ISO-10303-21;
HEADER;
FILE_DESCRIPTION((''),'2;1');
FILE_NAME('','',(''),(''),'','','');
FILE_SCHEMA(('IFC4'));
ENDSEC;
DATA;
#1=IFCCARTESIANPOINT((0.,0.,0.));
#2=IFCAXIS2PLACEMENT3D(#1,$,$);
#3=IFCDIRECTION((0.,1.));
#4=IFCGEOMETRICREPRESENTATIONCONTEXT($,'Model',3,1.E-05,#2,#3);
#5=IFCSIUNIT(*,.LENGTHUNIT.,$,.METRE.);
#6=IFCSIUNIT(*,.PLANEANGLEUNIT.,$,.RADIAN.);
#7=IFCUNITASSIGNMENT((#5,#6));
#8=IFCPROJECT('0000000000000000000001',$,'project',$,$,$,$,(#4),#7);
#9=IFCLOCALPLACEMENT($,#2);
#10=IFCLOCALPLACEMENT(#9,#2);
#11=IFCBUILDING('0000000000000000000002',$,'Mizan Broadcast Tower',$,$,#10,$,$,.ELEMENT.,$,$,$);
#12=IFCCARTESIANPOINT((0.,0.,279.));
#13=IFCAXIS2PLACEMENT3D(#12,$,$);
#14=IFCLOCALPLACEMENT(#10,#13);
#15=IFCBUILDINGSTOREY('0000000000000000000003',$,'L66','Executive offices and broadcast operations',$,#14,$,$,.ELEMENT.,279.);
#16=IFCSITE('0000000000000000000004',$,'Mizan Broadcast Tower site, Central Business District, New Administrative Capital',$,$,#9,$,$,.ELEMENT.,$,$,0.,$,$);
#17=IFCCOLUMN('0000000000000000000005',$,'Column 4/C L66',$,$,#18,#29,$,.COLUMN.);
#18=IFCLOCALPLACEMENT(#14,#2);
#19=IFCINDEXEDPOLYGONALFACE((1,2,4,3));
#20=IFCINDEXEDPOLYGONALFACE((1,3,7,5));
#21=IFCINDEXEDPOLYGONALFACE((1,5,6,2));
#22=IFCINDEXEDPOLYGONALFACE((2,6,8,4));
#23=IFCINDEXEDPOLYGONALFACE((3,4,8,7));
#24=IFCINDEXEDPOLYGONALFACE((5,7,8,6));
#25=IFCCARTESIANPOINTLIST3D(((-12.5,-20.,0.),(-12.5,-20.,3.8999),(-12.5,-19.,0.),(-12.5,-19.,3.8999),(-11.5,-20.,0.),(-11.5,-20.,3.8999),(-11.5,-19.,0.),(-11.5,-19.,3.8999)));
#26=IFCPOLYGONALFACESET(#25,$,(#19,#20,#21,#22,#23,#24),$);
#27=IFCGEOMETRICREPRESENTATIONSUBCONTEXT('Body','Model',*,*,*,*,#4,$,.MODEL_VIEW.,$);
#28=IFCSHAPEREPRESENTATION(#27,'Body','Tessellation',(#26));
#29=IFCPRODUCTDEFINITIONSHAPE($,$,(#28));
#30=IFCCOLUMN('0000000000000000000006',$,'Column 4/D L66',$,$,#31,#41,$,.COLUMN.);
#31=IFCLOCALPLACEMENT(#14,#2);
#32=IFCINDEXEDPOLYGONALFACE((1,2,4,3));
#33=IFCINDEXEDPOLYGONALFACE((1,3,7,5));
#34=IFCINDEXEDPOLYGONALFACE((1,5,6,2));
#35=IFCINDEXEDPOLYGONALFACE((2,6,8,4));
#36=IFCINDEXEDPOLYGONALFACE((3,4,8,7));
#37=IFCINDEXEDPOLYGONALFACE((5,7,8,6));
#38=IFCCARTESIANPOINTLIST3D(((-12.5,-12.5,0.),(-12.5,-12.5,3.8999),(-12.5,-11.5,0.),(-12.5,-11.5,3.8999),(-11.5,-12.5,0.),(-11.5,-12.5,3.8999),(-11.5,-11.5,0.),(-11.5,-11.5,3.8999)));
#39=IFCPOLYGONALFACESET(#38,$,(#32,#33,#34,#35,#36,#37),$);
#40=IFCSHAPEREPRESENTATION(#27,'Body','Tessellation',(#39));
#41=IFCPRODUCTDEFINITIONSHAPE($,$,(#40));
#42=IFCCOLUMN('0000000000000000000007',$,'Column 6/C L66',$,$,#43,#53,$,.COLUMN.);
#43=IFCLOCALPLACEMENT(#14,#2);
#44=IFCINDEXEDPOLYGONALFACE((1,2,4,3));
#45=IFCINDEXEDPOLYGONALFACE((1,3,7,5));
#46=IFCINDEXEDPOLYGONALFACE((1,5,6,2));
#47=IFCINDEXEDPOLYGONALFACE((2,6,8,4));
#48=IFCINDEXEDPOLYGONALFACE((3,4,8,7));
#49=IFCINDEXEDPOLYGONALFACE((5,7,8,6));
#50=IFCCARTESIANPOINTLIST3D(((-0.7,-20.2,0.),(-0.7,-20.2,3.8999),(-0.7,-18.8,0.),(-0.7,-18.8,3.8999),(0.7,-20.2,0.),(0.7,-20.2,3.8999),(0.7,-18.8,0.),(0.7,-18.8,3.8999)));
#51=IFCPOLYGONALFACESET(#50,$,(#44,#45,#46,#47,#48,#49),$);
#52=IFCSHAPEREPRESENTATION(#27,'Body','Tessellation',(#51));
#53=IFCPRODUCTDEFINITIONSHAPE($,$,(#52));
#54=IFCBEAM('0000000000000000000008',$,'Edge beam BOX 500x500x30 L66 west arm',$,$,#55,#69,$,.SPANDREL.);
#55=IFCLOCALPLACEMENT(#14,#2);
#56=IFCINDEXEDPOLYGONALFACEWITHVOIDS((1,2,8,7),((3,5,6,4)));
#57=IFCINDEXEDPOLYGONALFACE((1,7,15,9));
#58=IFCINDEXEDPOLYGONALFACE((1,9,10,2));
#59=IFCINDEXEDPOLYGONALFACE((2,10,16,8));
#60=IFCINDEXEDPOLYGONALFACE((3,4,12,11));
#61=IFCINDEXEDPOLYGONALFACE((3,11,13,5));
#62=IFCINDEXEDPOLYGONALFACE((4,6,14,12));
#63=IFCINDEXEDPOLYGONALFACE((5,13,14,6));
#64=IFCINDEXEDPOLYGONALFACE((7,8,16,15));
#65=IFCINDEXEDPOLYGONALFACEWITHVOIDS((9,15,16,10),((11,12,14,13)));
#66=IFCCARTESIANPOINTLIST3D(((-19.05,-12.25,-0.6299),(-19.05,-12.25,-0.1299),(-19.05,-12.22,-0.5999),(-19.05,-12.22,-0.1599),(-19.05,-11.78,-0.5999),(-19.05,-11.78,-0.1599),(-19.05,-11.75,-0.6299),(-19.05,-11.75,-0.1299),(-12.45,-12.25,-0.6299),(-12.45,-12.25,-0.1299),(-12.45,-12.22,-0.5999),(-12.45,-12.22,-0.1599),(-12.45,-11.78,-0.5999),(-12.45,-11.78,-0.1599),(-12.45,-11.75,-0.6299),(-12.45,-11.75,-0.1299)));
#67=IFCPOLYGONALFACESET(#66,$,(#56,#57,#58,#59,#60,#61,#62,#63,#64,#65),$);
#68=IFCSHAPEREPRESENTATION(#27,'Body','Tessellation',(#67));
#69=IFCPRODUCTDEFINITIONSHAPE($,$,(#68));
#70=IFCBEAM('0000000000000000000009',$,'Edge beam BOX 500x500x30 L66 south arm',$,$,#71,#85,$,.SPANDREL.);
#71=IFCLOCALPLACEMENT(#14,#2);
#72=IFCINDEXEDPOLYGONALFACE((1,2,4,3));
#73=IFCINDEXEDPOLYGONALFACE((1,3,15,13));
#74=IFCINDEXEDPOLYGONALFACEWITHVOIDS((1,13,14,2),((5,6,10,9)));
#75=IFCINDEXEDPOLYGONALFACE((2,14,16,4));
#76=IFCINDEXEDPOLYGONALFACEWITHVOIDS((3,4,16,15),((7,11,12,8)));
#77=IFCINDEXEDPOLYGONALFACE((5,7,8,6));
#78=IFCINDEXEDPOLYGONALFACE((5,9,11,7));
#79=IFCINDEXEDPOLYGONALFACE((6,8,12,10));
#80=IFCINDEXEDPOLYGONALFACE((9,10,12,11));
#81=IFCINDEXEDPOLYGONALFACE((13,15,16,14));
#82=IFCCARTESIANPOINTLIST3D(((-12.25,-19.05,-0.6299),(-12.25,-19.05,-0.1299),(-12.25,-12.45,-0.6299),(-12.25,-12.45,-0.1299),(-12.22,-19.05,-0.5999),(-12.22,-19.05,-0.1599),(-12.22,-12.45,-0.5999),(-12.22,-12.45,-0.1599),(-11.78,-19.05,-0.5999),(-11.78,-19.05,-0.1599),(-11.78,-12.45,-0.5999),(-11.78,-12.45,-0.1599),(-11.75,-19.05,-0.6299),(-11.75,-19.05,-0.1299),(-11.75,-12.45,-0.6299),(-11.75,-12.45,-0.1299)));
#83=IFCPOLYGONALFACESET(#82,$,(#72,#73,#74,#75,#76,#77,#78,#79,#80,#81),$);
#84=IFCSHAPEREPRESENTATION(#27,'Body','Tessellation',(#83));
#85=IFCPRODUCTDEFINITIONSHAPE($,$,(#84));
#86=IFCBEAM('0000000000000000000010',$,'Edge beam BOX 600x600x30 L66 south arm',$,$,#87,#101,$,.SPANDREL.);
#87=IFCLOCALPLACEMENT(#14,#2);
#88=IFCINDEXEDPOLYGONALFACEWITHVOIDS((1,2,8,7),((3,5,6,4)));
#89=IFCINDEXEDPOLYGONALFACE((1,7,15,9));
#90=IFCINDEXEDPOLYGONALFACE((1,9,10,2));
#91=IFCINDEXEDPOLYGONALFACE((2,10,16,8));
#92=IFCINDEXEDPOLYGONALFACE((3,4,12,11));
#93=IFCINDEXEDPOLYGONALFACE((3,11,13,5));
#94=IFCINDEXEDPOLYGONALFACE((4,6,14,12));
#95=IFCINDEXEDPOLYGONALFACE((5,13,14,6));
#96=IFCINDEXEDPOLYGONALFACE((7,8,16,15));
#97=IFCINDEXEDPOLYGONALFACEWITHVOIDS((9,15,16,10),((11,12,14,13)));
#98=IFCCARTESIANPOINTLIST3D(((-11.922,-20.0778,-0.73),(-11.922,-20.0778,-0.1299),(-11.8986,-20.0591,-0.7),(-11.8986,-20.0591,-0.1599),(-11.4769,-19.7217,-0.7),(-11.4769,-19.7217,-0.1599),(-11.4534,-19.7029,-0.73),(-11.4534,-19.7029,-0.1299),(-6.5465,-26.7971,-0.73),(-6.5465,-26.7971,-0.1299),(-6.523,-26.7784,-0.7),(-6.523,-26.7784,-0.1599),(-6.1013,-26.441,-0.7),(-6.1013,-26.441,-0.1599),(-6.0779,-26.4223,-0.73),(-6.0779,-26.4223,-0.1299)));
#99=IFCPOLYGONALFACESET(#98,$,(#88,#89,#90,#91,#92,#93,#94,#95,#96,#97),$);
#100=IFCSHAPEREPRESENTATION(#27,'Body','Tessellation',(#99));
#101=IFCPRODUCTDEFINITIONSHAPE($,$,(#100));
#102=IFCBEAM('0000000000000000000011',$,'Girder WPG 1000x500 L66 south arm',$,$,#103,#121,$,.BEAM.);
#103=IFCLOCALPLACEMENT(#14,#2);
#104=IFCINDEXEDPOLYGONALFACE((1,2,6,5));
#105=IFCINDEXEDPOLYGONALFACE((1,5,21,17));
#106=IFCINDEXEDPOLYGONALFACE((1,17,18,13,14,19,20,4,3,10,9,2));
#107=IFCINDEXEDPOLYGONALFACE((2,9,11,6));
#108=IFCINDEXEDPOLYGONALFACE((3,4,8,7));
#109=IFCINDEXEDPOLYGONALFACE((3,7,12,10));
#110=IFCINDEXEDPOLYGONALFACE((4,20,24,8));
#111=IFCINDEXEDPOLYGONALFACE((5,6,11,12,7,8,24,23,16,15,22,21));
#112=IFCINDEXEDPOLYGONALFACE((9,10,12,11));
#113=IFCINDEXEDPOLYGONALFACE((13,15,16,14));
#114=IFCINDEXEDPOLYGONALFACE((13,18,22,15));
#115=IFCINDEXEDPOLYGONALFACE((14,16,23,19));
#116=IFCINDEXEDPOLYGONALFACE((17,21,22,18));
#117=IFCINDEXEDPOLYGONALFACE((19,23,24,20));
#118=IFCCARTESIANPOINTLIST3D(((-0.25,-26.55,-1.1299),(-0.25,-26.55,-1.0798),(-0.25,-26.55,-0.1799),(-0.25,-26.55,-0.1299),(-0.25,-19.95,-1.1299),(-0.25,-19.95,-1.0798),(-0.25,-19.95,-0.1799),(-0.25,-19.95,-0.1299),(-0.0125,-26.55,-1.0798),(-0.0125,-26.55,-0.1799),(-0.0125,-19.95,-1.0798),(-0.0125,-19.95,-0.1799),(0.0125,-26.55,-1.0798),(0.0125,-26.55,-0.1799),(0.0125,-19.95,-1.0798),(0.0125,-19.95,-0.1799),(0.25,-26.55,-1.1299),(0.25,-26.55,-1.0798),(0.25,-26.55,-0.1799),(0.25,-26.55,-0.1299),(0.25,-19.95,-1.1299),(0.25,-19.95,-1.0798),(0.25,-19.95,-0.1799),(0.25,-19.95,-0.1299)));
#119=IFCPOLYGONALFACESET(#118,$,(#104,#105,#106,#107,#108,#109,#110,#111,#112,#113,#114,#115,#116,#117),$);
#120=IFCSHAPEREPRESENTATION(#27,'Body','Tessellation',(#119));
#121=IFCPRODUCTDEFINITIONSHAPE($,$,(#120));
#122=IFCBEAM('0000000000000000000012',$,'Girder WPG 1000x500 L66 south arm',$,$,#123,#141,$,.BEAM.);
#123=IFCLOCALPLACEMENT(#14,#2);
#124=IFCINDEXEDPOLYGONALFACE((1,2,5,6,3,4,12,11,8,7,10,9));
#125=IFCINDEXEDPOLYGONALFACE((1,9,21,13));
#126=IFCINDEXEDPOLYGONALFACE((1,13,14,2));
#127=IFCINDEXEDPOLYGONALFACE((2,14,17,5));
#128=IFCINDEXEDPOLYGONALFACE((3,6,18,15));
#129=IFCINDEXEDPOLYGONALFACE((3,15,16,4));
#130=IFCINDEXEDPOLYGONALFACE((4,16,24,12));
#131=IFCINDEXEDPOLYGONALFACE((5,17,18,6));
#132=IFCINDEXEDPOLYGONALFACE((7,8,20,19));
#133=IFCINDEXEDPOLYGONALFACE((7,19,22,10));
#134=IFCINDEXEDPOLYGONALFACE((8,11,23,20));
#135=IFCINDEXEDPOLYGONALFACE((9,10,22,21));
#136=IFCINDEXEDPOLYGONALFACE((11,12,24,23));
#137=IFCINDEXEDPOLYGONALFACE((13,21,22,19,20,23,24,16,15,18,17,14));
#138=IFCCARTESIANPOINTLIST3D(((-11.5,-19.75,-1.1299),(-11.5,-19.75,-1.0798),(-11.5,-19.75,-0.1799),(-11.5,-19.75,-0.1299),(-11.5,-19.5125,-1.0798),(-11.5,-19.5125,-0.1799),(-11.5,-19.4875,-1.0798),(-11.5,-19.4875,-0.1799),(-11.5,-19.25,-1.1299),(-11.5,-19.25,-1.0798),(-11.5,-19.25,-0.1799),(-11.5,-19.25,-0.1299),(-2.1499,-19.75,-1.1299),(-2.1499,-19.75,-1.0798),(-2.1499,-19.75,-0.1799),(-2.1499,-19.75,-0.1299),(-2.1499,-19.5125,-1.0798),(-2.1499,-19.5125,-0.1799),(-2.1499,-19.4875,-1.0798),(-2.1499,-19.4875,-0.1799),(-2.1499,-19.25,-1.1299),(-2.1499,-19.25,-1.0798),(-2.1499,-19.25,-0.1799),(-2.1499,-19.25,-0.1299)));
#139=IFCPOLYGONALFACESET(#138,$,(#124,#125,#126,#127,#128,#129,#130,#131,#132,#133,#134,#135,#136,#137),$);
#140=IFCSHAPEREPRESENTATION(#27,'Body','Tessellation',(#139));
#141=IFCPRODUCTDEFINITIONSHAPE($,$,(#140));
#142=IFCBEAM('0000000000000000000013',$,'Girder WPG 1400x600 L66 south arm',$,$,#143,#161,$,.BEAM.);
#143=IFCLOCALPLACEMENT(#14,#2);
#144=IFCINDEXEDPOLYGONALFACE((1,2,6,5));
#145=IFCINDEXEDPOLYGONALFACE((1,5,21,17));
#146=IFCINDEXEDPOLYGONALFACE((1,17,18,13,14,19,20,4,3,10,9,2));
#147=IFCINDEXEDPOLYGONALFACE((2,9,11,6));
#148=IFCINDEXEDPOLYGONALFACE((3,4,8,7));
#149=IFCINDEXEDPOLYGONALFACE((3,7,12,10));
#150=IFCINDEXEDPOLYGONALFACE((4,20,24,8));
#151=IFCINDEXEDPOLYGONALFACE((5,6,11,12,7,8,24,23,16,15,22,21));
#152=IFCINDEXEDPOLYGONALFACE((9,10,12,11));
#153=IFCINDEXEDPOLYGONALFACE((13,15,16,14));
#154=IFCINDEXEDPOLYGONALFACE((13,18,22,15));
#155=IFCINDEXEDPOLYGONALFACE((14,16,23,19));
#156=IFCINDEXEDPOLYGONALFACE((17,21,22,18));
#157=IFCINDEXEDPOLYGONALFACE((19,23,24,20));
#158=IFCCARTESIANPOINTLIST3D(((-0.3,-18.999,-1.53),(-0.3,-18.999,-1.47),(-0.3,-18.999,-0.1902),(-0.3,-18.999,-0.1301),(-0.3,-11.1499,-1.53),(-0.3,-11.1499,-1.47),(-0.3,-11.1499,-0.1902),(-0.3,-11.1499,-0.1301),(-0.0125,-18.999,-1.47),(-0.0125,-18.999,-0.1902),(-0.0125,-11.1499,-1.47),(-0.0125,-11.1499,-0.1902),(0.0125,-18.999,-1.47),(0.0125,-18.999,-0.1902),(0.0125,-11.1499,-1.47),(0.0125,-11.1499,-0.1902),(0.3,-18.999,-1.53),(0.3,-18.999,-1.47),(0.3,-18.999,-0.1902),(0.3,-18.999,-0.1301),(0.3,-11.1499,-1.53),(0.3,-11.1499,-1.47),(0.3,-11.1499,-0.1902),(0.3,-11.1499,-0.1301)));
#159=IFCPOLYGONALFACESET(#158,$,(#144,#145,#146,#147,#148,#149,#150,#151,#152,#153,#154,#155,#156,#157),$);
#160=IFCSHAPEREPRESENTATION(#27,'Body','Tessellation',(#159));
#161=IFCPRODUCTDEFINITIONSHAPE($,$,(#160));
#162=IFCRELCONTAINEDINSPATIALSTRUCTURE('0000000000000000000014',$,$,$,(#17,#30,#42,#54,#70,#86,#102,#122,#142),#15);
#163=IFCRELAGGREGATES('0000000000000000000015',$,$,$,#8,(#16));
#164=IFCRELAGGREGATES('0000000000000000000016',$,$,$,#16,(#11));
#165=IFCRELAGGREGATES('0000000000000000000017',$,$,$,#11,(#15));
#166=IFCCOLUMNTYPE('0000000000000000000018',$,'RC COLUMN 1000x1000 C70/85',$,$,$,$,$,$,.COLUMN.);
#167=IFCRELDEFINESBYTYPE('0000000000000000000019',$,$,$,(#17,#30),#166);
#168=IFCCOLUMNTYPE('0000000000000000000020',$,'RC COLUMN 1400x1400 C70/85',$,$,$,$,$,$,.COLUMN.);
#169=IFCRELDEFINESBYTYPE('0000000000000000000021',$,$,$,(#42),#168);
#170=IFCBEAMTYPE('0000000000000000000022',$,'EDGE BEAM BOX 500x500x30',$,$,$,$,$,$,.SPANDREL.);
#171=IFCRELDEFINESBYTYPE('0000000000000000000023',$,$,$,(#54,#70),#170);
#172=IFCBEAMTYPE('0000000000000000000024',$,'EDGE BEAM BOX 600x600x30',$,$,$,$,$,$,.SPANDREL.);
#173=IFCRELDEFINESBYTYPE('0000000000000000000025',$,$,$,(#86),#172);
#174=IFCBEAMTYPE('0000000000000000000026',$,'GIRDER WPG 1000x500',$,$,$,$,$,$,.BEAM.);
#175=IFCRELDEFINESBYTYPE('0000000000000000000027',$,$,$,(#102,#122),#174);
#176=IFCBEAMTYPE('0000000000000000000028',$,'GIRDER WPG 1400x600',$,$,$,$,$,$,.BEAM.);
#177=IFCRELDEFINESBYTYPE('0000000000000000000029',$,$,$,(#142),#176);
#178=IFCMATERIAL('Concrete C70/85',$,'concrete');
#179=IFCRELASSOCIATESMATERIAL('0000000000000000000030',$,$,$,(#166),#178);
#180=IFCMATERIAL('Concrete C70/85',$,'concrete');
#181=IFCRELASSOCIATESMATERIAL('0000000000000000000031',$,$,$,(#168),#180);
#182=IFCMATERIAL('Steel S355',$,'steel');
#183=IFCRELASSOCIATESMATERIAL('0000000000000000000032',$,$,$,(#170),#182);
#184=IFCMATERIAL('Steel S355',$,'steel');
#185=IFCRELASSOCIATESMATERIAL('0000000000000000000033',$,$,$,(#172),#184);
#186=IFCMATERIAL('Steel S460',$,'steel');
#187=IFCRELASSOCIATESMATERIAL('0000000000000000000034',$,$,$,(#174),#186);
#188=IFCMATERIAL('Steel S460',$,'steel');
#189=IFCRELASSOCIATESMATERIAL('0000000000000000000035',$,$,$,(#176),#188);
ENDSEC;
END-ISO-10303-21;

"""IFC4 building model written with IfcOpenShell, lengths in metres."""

from ifc_helpers import new_model, si_unit, direction, frame, origin, origin_2d, place, context, subcontext, project, spatial, rectangle, hollow_rectangle, i_section, extrude, material, material_profile, profile_set, type_object, element, save


model = new_model("IFC4")

# Units and contexts
model_context = context("Model", 3, precision=1e-05, world=origin(), true_north=direction((0.0, 1.0)))
body_context = subcontext(model_context, "Body", "Model", "MODEL_VIEW")
ifc_project = project(units=[si_unit("LENGTHUNIT", "METRE"), si_unit("PLANEANGLEUNIT", "RADIAN")], contexts=[model_context])

# Site, building, storey
site_placement = place(None, origin())
site = spatial("IfcSite", under=ifc_project, at=site_placement, Name="Mizan Broadcast Tower site, Central Business District, New Administrative Capital", CompositionType="ELEMENT", RefElevation=0.0)
building_placement = place(site_placement, origin())
building = spatial("IfcBuilding", under=site, at=building_placement, Name="Mizan Broadcast Tower", CompositionType="ELEMENT")
storey_placement = place(building_placement, frame((0.0, 0.0, 279.0)))
storey = spatial("IfcBuildingStorey", under=building, at=storey_placement, Name="L66", Description="Executive offices and broadcast operations", CompositionType="ELEMENT", Elevation=279.0)

# Columns
ifc_material_1 = material(Name="Concrete C70/85", Category="concrete")
ifc_material_profile_1 = material_profile(ifc_material_1, rectangle(XDim=1.0, YDim=1.0, at=origin_2d()), Name="RC 1000x1000")
ifc_profile_set_1 = profile_set([ifc_material_profile_1], Name="Concrete C70/85")
column_type_1 = type_object("IfcColumnType", Name="RC COLUMN 1000x1000 C70/85", PredefinedType="COLUMN", material=ifc_profile_set_1)
for number, where, z_axis, x_axis, name in (
    (1, (-12.0, -19.5, 0.0), (0.0, 0.0, 1.0), (1.0, 0.0, 0.0), "Column 4/C L66"),
    (2, (-12.0, -12.0, 0.0), (0.0, 0.0, 1.0), (1.0, 0.0, 0.0), "Column 4/D L66"),
):
    element("IfcColumn", number, at=place(storey_placement, frame(where, z_axis=z_axis, x_axis=x_axis)), inside=storey, type_object=column_type_1, Name=name, PredefinedType="COLUMN", context=body_context, shape_type="SweptSolid", body=[
        extrude(rectangle(XDim=1.0, YDim=1.0, at=origin_2d()), origin(), (0.0, 0.0, 1.0), 3.8999),
    ])
ifc_material_2 = material(Name="Concrete C70/85", Category="concrete")
ifc_material_profile_2 = material_profile(ifc_material_2, rectangle(XDim=1.3999, YDim=1.3999, at=origin_2d()), Name="RC 1400x1400")
ifc_profile_set_2 = profile_set([ifc_material_profile_2], Name="Concrete C70/85")
column_type_2 = type_object("IfcColumnType", Name="RC COLUMN 1400x1400 C70/85", PredefinedType="COLUMN", material=ifc_profile_set_2)
column_placement = place(storey_placement, frame((0.0, -19.5, 0.0), z_axis=(0.0, 0.0, 1.0), x_axis=(1.0, 0.0, 0.0)))
element("IfcColumn", 3, at=column_placement, inside=storey, type_object=column_type_2, Name="Column 6/C L66", PredefinedType="COLUMN", context=body_context, shape_type="SweptSolid", body=[
    extrude(rectangle(XDim=1.3999, YDim=1.3999, at=origin_2d()), origin(), (0.0, 0.0, 1.0), 3.8999),
])

# Beams
ifc_material_3 = material(Name="Steel S355", Category="steel")
ifc_material_profile_3 = material_profile(ifc_material_3, hollow_rectangle(XDim=0.5, YDim=0.5, WallThickness=0.03, at=origin_2d()), Name="BOX 500x500x30")
ifc_profile_set_3 = profile_set([ifc_material_profile_3], Name="Steel S355")
beam_type_1 = type_object("IfcBeamType", Name="EDGE BEAM BOX 500x500x30", PredefinedType="SPANDREL", material=ifc_profile_set_3)
for number, where, z_axis, x_axis, name in (
    (4, (-12.45, -12.0, -0.3799), (-1.0, 0.0, 0.0), (0.0, -1.0, 0.0), "Edge beam BOX 500x500x30 L66 west arm"),
    (5, (-12.0, -12.45, -0.3799), (0.0, -1.0, 0.0), (1.0, 0.0, 0.0), "Edge beam BOX 500x500x30 L66 south arm"),
):
    element("IfcBeam", number, at=place(storey_placement, frame(where, z_axis=z_axis, x_axis=x_axis)), inside=storey, type_object=beam_type_1, Name=name, PredefinedType="SPANDREL", context=body_context, shape_type="SweptSolid", body=[
        extrude(hollow_rectangle(XDim=0.5, YDim=0.5, WallThickness=0.03, at=origin_2d()), origin(), (0.0, 0.0, 1.0), 6.6001),
    ])
ifc_material_4 = material(Name="Steel S355", Category="steel")
ifc_material_profile_4 = material_profile(ifc_material_4, hollow_rectangle(XDim=0.6001, YDim=0.6001, WallThickness=0.03, at=origin_2d()), Name="BOX 600x600x30")
ifc_profile_set_4 = profile_set([ifc_material_profile_4], Name="Steel S355")
beam_type_2 = type_object("IfcBeamType", Name="EDGE BEAM BOX 600x600x30", PredefinedType="SPANDREL", material=ifc_profile_set_4)
beam_1_placement = place(storey_placement, frame((-11.6877, -19.8904, -0.4299), z_axis=(0.624702, -0.780863, 0.0), x_axis=(0.780863, 0.624702, 0.0)))
element("IfcBeam", 6, at=beam_1_placement, inside=storey, type_object=beam_type_2, Name="Edge beam BOX 600x600x30 L66 south arm", PredefinedType="SPANDREL", context=body_context, shape_type="SweptSolid", body=[
    extrude(hollow_rectangle(XDim=0.6001, YDim=0.6001, WallThickness=0.03, at=origin_2d()), origin(), (0.0, 0.0, 1.0), 8.605),
])
ifc_material_5 = material(Name="Steel S460", Category="steel")
ifc_material_profile_5 = material_profile(ifc_material_5, i_section(OverallWidth=0.5, OverallDepth=1.0, WebThickness=0.0249, FlangeThickness=0.05, at=origin_2d()), Name="WPG 1000x500")
ifc_profile_set_5 = profile_set([ifc_material_profile_5], Name="Steel S460")
beam_type_3 = type_object("IfcBeamType", Name="GIRDER WPG 1000x500", PredefinedType="BEAM", material=ifc_profile_set_5)
beam_2_placement = place(storey_placement, frame((0.0, -19.95, -0.6299), z_axis=(0.0, -1.0, 0.0), x_axis=(1.0, 0.0, 0.0)))
element("IfcBeam", 7, at=beam_2_placement, inside=storey, type_object=beam_type_3, Name="Girder WPG 1000x500 L66 south arm", PredefinedType="BEAM", context=body_context, shape_type="SweptSolid", body=[
    extrude(i_section(OverallWidth=0.5, OverallDepth=1.0, WebThickness=0.0249, FlangeThickness=0.05, at=origin_2d()), origin(), (0.0, 0.0, 1.0), 6.6001),
])
beam_3_placement = place(storey_placement, frame((-11.5, -19.5, -0.6299), z_axis=(1.0, 0.0, 0.0), x_axis=(0.0, 1.0, 0.0)))
element("IfcBeam", 8, at=beam_3_placement, inside=storey, type_object=beam_type_3, Name="Girder WPG 1000x500 L66 south arm", PredefinedType="BEAM", context=body_context, shape_type="SweptSolid", body=[
    extrude(i_section(OverallWidth=0.5, OverallDepth=1.0, WebThickness=0.0249, FlangeThickness=0.05, at=origin_2d()), origin(), (0.0, 0.0, 1.0), 9.3501),
])
ifc_material_6 = material(Name="Steel S460", Category="steel")
ifc_material_profile_6 = material_profile(ifc_material_6, i_section(OverallWidth=0.6001, OverallDepth=1.3999, WebThickness=0.0249, FlangeThickness=0.0601, at=origin_2d()), Name="WPG 1400x600")
ifc_profile_set_6 = profile_set([ifc_material_profile_6], Name="Steel S460")
beam_type_4 = type_object("IfcBeamType", Name="GIRDER WPG 1400x600", PredefinedType="BEAM", material=ifc_profile_set_6)
beam_4_placement = place(storey_placement, frame((0.0, -11.1499, -0.8301), z_axis=(0.0, -1.0, 0.0), x_axis=(1.0, 0.0, 0.0)))
element("IfcBeam", 9, at=beam_4_placement, inside=storey, type_object=beam_type_4, Name="Girder WPG 1400x600 L66 south arm", PredefinedType="BEAM", context=body_context, shape_type="SweptSolid", body=[
    extrude(i_section(OverallWidth=0.6001, OverallDepth=1.3999, WebThickness=0.0249, FlangeThickness=0.0601, at=origin_2d()), origin(), (0.0, 0.0, 1.0), 7.8491),
])

save(model, "model.ifc")
